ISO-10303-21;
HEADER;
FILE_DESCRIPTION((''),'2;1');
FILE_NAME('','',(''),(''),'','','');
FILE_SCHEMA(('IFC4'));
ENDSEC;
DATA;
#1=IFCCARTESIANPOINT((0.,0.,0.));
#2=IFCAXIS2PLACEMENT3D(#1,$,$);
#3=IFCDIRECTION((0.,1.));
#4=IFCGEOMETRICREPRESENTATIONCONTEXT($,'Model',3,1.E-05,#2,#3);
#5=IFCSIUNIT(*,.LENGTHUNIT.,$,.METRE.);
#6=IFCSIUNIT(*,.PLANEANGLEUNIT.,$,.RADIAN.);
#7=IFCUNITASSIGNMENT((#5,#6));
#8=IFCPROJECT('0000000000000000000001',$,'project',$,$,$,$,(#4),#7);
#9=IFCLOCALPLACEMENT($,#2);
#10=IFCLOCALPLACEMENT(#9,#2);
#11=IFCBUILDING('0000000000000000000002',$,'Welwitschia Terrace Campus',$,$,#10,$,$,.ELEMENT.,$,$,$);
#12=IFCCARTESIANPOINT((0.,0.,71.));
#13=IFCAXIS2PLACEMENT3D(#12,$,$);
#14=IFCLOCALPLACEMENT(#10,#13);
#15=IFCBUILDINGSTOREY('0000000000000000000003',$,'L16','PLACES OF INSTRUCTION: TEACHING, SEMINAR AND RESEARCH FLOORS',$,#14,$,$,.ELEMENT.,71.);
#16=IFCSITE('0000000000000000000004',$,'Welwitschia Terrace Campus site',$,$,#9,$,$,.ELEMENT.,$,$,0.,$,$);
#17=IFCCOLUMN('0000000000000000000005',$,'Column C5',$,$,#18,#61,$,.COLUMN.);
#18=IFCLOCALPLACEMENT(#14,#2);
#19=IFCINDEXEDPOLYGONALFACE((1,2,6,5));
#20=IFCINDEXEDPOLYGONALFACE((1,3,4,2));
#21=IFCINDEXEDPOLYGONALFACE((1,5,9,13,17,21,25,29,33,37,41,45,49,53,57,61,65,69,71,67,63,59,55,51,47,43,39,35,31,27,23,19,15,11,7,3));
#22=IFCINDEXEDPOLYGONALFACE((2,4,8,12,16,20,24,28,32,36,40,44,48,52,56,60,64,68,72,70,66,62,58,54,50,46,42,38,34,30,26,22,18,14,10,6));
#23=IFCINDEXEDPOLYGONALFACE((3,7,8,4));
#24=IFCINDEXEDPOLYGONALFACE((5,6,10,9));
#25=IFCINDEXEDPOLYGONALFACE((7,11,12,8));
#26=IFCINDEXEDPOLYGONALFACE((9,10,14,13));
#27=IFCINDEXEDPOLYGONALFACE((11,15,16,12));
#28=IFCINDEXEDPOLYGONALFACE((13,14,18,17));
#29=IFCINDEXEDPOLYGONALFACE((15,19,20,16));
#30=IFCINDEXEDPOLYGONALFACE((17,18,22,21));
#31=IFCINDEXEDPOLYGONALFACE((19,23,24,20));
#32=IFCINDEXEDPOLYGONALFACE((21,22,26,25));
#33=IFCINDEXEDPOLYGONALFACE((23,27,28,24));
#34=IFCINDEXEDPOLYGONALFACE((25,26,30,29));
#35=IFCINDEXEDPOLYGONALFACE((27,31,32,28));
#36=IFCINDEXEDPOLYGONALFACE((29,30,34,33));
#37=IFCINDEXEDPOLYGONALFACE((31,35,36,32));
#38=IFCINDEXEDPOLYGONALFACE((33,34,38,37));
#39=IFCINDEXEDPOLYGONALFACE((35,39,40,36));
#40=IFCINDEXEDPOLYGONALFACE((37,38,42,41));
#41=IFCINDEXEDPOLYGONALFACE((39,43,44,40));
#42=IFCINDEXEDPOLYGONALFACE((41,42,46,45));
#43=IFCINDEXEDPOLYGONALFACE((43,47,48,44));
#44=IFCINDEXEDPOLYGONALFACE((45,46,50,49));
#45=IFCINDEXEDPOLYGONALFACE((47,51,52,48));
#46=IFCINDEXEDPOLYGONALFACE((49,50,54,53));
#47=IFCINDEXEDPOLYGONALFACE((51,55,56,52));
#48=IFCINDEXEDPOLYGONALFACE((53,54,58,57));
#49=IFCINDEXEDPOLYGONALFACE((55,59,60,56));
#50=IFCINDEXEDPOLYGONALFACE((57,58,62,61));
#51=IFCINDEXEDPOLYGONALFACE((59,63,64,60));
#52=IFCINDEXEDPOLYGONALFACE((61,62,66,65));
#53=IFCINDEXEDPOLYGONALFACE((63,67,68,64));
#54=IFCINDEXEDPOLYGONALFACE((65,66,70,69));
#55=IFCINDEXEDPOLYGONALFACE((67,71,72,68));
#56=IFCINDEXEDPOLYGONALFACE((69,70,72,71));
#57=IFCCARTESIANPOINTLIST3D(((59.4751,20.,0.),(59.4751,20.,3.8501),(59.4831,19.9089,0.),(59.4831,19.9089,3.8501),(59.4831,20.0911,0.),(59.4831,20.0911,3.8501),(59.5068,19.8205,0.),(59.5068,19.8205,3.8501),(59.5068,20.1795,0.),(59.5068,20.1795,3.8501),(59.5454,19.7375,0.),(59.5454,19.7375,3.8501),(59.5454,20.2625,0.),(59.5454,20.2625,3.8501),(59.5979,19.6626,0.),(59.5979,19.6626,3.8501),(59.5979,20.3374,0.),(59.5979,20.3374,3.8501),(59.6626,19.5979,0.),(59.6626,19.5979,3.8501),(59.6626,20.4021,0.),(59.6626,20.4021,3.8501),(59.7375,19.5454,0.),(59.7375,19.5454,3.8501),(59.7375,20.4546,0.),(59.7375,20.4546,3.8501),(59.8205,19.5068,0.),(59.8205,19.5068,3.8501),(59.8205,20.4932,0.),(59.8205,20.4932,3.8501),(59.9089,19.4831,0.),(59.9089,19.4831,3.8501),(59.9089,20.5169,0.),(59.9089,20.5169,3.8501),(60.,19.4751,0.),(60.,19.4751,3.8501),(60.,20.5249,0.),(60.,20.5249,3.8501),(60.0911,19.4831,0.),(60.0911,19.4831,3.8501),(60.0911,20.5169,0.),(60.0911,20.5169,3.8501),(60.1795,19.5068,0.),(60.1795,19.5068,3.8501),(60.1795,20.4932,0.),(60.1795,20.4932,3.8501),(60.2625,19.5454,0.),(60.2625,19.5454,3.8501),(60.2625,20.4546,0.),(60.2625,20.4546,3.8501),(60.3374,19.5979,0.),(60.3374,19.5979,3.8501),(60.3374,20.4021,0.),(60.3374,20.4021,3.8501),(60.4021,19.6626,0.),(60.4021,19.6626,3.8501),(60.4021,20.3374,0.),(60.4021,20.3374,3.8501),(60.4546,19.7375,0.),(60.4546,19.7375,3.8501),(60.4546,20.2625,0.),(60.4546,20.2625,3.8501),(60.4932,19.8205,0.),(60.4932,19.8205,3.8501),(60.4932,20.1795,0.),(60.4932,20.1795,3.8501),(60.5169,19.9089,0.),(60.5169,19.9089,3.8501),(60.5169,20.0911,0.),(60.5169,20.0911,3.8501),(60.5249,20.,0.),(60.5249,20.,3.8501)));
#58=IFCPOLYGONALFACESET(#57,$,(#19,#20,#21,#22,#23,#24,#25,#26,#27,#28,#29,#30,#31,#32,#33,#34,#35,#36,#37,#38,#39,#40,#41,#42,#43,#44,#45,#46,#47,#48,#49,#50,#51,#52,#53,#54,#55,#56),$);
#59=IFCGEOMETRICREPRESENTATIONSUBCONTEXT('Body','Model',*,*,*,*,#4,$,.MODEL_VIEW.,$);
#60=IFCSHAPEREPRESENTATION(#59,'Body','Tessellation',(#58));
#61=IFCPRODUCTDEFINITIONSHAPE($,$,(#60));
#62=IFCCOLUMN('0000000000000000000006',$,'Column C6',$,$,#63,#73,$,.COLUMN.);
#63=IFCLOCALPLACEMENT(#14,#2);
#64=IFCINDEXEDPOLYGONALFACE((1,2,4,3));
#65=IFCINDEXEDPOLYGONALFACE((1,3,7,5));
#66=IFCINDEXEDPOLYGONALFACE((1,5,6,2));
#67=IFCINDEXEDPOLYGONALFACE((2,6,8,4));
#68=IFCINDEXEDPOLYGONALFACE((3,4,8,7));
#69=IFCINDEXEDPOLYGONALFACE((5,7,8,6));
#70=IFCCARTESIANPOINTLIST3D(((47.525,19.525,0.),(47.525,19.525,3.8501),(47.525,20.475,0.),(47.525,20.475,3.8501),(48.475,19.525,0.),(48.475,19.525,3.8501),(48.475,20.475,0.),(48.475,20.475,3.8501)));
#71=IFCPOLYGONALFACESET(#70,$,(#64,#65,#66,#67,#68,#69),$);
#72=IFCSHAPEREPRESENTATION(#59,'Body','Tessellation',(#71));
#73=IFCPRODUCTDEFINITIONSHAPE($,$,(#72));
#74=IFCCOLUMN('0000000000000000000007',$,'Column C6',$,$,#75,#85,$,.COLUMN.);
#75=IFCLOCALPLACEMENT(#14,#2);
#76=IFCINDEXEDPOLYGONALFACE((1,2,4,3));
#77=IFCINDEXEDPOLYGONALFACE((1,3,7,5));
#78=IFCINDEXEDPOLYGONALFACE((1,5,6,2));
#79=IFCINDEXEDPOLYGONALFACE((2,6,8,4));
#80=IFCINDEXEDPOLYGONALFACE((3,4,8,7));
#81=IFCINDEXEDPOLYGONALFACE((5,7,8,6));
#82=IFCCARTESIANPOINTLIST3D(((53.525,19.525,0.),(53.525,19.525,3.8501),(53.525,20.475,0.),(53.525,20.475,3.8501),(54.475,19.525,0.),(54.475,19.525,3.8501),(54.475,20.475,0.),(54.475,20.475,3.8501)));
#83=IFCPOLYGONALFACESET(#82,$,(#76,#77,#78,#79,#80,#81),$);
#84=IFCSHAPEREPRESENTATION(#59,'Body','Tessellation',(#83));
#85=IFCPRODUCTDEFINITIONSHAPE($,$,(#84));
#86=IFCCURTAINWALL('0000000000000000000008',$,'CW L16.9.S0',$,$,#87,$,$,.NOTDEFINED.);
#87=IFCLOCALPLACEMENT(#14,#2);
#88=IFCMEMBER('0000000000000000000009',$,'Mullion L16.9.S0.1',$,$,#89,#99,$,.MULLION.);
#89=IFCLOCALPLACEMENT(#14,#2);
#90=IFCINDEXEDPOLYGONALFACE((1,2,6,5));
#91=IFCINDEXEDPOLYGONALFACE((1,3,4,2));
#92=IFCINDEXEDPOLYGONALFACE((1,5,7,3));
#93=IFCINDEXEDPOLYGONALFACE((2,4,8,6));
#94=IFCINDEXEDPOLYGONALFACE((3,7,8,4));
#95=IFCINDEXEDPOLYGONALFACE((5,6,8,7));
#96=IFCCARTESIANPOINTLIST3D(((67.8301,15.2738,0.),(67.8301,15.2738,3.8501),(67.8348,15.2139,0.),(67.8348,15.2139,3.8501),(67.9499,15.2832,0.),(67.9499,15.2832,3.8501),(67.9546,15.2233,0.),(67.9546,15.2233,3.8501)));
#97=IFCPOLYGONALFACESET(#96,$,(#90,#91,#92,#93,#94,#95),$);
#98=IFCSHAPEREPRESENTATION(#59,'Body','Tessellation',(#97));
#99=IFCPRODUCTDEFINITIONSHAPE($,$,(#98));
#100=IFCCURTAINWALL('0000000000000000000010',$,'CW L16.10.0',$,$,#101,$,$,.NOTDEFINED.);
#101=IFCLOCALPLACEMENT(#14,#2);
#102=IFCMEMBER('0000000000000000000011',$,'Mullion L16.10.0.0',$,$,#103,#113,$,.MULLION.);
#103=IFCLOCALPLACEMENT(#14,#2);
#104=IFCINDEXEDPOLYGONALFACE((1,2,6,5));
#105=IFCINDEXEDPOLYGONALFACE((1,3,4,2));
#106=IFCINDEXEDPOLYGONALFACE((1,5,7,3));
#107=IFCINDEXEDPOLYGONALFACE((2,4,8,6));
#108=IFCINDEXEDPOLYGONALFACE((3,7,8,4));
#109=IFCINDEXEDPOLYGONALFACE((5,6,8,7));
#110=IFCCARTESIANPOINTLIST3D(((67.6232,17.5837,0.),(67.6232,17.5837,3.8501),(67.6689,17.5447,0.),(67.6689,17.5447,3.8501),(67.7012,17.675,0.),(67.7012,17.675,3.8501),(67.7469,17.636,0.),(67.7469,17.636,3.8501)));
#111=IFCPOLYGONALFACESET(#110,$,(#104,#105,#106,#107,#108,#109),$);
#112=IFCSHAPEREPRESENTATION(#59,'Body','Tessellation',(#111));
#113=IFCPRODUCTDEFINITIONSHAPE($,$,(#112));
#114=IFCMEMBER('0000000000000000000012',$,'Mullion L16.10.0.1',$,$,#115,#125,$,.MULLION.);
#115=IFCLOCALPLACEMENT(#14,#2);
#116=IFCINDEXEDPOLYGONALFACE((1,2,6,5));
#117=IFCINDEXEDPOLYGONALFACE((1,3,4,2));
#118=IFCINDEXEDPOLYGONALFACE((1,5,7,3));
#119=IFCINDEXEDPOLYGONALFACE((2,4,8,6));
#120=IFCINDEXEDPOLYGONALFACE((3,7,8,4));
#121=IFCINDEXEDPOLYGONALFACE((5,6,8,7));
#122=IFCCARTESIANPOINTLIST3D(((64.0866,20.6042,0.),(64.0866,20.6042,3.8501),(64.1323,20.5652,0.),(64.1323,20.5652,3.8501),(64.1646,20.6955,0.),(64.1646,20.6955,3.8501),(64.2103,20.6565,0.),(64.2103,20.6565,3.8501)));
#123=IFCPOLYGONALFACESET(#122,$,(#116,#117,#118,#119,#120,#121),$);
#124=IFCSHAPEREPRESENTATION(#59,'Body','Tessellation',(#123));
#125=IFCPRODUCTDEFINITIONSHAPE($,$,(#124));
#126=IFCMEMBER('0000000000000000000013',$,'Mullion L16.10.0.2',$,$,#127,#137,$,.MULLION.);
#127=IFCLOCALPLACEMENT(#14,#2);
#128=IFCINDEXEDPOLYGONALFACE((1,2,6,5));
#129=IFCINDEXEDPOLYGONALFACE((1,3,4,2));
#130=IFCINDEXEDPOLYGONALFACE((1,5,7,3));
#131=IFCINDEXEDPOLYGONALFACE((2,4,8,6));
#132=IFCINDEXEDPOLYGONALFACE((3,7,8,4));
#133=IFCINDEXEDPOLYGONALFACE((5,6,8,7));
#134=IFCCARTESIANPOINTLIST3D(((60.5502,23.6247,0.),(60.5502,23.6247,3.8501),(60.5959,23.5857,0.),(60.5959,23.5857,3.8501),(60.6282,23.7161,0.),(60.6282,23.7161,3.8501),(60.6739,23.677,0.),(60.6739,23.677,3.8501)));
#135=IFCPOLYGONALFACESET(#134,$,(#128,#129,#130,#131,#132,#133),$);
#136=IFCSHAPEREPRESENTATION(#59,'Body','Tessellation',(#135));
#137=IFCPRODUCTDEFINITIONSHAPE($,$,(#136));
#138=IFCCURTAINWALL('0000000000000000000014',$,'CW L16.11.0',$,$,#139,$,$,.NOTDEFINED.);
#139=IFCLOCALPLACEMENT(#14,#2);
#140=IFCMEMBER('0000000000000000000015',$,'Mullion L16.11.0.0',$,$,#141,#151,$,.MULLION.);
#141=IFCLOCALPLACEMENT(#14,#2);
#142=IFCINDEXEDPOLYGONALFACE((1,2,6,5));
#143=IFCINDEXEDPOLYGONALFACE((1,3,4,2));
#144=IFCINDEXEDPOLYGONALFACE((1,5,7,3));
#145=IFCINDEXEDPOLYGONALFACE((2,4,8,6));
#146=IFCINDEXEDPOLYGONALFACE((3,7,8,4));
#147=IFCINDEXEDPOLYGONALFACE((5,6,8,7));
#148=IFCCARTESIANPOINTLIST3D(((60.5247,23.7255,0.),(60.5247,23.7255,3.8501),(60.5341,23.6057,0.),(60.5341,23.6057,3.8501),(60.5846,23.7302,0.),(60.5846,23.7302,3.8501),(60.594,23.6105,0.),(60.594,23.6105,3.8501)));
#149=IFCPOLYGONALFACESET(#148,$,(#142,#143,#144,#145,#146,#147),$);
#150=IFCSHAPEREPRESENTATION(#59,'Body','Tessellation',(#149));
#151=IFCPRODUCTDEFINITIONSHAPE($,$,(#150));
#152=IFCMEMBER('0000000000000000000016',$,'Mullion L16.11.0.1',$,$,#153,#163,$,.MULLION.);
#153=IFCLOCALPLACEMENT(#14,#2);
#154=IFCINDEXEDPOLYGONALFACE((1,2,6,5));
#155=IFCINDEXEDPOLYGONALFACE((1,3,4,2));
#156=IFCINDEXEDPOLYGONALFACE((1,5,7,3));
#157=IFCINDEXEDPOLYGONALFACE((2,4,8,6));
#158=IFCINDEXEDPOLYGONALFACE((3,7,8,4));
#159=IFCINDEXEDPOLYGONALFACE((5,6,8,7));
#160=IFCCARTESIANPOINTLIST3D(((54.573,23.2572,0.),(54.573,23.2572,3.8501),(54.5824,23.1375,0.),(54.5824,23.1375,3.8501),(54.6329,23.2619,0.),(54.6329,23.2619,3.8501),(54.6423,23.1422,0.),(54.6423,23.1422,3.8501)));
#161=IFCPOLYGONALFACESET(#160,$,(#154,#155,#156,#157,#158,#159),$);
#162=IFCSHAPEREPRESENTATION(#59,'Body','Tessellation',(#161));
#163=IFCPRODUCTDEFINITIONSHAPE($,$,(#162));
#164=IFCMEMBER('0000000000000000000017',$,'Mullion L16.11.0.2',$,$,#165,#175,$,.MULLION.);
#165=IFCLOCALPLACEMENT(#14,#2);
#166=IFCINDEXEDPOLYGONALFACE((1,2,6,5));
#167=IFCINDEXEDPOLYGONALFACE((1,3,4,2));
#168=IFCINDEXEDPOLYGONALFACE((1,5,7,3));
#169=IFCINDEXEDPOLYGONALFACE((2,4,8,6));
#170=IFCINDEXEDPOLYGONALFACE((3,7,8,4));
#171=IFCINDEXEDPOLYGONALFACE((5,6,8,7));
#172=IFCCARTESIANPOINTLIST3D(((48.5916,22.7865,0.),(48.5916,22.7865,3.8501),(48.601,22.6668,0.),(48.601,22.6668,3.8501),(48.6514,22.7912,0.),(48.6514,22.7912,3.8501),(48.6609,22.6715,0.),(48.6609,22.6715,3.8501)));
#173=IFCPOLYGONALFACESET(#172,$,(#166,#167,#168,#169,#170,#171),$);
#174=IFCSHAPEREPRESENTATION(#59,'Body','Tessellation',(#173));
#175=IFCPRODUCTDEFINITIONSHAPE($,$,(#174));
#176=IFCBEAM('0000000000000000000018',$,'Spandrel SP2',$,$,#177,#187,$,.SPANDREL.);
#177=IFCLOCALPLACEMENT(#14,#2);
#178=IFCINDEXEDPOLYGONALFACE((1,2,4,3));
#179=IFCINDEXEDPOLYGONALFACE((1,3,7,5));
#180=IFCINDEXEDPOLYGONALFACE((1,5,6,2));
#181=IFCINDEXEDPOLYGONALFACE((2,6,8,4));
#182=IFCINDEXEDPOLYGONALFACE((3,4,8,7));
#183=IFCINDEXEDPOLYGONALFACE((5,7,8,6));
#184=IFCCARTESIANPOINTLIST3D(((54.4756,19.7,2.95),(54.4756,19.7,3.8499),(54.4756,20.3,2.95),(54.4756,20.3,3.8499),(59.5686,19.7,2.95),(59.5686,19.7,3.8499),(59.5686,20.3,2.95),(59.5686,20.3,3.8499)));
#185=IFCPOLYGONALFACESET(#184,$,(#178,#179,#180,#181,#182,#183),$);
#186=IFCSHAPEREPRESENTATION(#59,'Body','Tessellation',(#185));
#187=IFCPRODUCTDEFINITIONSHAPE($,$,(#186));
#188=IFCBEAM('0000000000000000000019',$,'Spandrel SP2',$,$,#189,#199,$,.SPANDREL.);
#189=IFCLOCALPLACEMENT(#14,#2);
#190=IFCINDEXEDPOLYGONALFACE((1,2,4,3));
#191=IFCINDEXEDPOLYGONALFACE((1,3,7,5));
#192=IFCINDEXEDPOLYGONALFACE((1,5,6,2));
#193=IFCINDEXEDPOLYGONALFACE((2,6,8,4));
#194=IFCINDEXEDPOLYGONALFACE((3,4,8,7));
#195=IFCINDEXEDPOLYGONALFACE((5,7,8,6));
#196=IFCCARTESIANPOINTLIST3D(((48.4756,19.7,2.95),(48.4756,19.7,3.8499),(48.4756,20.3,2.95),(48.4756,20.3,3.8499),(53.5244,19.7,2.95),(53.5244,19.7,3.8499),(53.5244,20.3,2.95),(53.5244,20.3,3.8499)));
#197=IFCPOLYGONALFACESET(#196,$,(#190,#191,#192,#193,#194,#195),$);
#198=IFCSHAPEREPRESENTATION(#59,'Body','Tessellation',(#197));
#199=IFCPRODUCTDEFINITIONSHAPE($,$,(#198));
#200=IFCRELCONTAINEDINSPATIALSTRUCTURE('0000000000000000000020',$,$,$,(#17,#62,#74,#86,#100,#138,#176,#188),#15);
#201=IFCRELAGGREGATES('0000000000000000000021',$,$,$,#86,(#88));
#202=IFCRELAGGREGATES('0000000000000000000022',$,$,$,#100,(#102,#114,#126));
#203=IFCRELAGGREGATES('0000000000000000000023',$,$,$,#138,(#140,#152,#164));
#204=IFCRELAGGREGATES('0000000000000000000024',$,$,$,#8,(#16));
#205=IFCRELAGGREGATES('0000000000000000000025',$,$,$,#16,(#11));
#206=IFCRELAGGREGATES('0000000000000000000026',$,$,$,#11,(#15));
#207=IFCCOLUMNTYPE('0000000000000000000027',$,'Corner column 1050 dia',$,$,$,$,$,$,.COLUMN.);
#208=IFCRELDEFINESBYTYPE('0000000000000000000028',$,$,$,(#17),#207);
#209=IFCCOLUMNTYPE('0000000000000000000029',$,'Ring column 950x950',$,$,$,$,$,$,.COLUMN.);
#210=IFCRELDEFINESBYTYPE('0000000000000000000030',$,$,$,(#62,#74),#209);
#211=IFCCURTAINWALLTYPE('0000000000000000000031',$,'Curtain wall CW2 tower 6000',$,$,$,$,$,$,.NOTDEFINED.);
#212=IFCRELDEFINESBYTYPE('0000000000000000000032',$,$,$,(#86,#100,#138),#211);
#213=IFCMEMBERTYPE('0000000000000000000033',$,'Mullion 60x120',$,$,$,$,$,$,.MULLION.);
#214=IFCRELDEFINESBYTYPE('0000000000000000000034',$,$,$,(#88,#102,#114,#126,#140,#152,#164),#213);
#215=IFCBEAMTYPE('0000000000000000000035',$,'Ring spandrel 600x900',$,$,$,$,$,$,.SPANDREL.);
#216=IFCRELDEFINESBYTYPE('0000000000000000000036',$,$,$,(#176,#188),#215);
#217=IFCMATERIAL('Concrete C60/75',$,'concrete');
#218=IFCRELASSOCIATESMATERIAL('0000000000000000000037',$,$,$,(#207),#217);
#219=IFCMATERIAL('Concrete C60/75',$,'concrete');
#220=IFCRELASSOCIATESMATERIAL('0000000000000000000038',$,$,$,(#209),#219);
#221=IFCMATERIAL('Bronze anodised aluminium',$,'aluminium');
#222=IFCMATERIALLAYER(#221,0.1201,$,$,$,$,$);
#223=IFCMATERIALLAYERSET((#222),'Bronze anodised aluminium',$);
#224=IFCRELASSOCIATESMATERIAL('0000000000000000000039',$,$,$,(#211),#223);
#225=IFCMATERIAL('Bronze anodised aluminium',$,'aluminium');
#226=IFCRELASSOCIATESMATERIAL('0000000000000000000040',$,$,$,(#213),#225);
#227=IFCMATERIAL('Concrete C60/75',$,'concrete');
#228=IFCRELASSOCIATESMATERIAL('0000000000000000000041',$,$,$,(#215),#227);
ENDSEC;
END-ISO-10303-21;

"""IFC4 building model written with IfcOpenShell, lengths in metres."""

from ifc_helpers import new_model, si_unit, direction, frame, origin, origin_2d, place, context, subcontext, project, spatial, rectangle, circle, extrude, material, layer, layer_set, material_profile, profile_set, type_object, element, aggregate, save


model = new_model("IFC4")

# Units and contexts
model_context = context("Model", 3, precision=1e-05, world=origin(), true_north=direction((0.0, 1.0)))
body_context = subcontext(model_context, "Body", "Model", "MODEL_VIEW")
ifc_project = project(units=[si_unit("LENGTHUNIT", "METRE"), si_unit("PLANEANGLEUNIT", "RADIAN")], contexts=[model_context])

# Site, building, storey
site_placement = place(None, origin())
site = spatial("IfcSite", under=ifc_project, at=site_placement, Name="Welwitschia Terrace Campus site", CompositionType="ELEMENT", RefElevation=0.0)
building_placement = place(site_placement, origin())
building = spatial("IfcBuilding", under=site, at=building_placement, Name="Welwitschia Terrace Campus", CompositionType="ELEMENT")
storey_placement = place(building_placement, frame((0.0, 0.0, 71.0)))
storey = spatial("IfcBuildingStorey", under=building, at=storey_placement, Name="L16", Description="PLACES OF INSTRUCTION: TEACHING, SEMINAR AND RESEARCH FLOORS", CompositionType="ELEMENT", Elevation=71.0)

# Columns
ifc_material_1 = material(Name="Concrete C60/75", Category="concrete")
ifc_material_profile_1 = material_profile(ifc_material_1, circle(Radius=0.5249, at=origin_2d()))
ifc_profile_set_1 = profile_set([ifc_material_profile_1], Name="Concrete C60/75")
column_type_1 = type_object("IfcColumnType", Name="Corner column 1050 dia", PredefinedType="COLUMN", material=ifc_profile_set_1)
column_placement = place(storey_placement, frame((60.0, 20.0, 0.0), z_axis=(0.0, 0.0, 1.0), x_axis=(1.0, 0.0, 0.0)))
element("IfcColumn", 1, at=column_placement, inside=storey, type_object=column_type_1, Name="Column C5", PredefinedType="COLUMN", context=body_context, shape_type="SweptSolid", body=[
    extrude(circle(Radius=0.5249, at=origin_2d()), origin(), (0.0, 0.0, 1.0), 3.8501),
])
ifc_material_2 = material(Name="Concrete C60/75", Category="concrete")
ifc_material_profile_2 = material_profile(ifc_material_2, rectangle(XDim=0.95, YDim=0.95, at=origin_2d()))
ifc_profile_set_2 = profile_set([ifc_material_profile_2], Name="Concrete C60/75")
column_type_2 = type_object("IfcColumnType", Name="Ring column 950x950", PredefinedType="COLUMN", material=ifc_profile_set_2)
for number, where, z_axis, x_axis, name in (
    (2, (48.0, 20.0, 0.0), (0.0, 0.0, 1.0), (1.0, 0.0, 0.0), "Column C6"),
    (3, (54.0, 20.0, 0.0), (0.0, 0.0, 1.0), (1.0, 0.0, 0.0), "Column C6"),
):
    element("IfcColumn", number, at=place(storey_placement, frame(where, z_axis=z_axis, x_axis=x_axis)), inside=storey, type_object=column_type_2, Name=name, PredefinedType="COLUMN", context=body_context, shape_type="SweptSolid", body=[
        extrude(rectangle(XDim=0.95, YDim=0.95, at=origin_2d()), origin(), (0.0, 0.0, 1.0), 3.8501),
    ])

# Curtain wall, member
ifc_material_3 = material(Name="Bronze anodised aluminium", Category="aluminium")
ifc_layer_1 = layer(ifc_material_3, 0.1201)
ifc_layer_set_1 = layer_set([ifc_layer_1], Name="Bronze anodised aluminium")
curtain_wall_type = type_object("IfcCurtainWallType", Name="Curtain wall CW2 tower 6000", PredefinedType="NOTDEFINED", material=ifc_layer_set_1)
curtain_wall_1_placement = place(storey_placement, origin())
curtain_wall_1 = element("IfcCurtainWall", 4, at=curtain_wall_1_placement, inside=storey, type_object=curtain_wall_type, Name="CW L16.9.S0", PredefinedType="NOTDEFINED")
ifc_material_4 = material(Name="Bronze anodised aluminium", Category="aluminium")
ifc_material_profile_3 = material_profile(ifc_material_4, rectangle(XDim=0.1201, YDim=0.0601, at=origin_2d()))
ifc_profile_set_3 = profile_set([ifc_material_profile_3], Name="Bronze anodised aluminium")
member_type_1 = type_object("IfcMemberType", Name="Mullion 60x120", PredefinedType="MULLION", material=ifc_profile_set_3)
member_1_placement = place(storey_placement, frame((67.8923, 15.2485, 0.0), z_axis=(0.0, 0.0, 1.0), x_axis=(-0.996917, -0.078459, 0.0)))
member_1 = element("IfcMember", 5, at=member_1_placement, type_object=member_type_1, Name="Mullion L16.9.S0.1", PredefinedType="MULLION", context=body_context, shape_type="SweptSolid", body=[
    extrude(rectangle(XDim=0.1201, YDim=0.0601, at=origin_2d()), origin(), (0.0, 0.0, 1.0), 3.8501),
])
aggregate(curtain_wall_1, [member_1])

# Curtain walls, members
curtain_wall_2_placement = place(storey_placement, origin())
curtain_wall_2 = element("IfcCurtainWall", 6, at=curtain_wall_2_placement, inside=storey, type_object=curtain_wall_type, Name="CW L16.10.0", PredefinedType="NOTDEFINED")
member_2_placement = place(storey_placement, frame((67.6851, 17.6099, 0.0), z_axis=(0.0, 0.0, 1.0), x_axis=(-0.649448, -0.760406, 0.0)))
member_2 = element("IfcMember", 7, at=member_2_placement, type_object=member_type_1, Name="Mullion L16.10.0.0", PredefinedType="MULLION", context=body_context, shape_type="SweptSolid", body=[
    extrude(rectangle(XDim=0.1201, YDim=0.0601, at=origin_2d()), origin(), (0.0, 0.0, 1.0), 3.8501),
])
member_3_placement = place(storey_placement, frame((64.1484, 20.6304, 0.0), z_axis=(0.0, 0.0, 1.0), x_axis=(-0.649448, -0.760406, 0.0)))
member_3 = element("IfcMember", 8, at=member_3_placement, type_object=member_type_1, Name="Mullion L16.10.0.1", PredefinedType="MULLION", context=body_context, shape_type="SweptSolid", body=[
    extrude(rectangle(XDim=0.1201, YDim=0.0601, at=origin_2d()), origin(), (0.0, 0.0, 1.0), 3.8501),
])
member_4_placement = place(storey_placement, frame((60.6121, 23.6509, 0.0), z_axis=(0.0, 0.0, 1.0), x_axis=(-0.649448, -0.760406, 0.0)))
member_4 = element("IfcMember", 9, at=member_4_placement, type_object=member_type_1, Name="Mullion L16.10.0.2", PredefinedType="MULLION", context=body_context, shape_type="SweptSolid", body=[
    extrude(rectangle(XDim=0.1201, YDim=0.0601, at=origin_2d()), origin(), (0.0, 0.0, 1.0), 3.8501),
])
curtain_wall_3_placement = place(storey_placement, origin())
curtain_wall_3 = element("IfcCurtainWall", 10, at=curtain_wall_3_placement, inside=storey, type_object=curtain_wall_type, Name="CW L16.11.0", PredefinedType="NOTDEFINED")
member_5_placement = place(storey_placement, frame((60.5593, 23.668, 0.0), z_axis=(0.0, 0.0, 1.0), x_axis=(0.078459, -0.996917, 0.0)))
member_5 = element("IfcMember", 11, at=member_5_placement, type_object=member_type_1, Name="Mullion L16.11.0.0", PredefinedType="MULLION", context=body_context, shape_type="SweptSolid", body=[
    extrude(rectangle(XDim=0.1201, YDim=0.0601, at=origin_2d()), origin(), (0.0, 0.0, 1.0), 3.8501),
])
member_6_placement = place(storey_placement, frame((54.6077, 23.1997, 0.0), z_axis=(0.0, 0.0, 1.0), x_axis=(0.078459, -0.996917, 0.0)))
member_6 = element("IfcMember", 12, at=member_6_placement, type_object=member_type_1, Name="Mullion L16.11.0.1", PredefinedType="MULLION", context=body_context, shape_type="SweptSolid", body=[
    extrude(rectangle(XDim=0.1201, YDim=0.0601, at=origin_2d()), origin(), (0.0, 0.0, 1.0), 3.8501),
])
member_7_placement = place(storey_placement, frame((48.6262, 22.729, 0.0), z_axis=(0.0, 0.0, 1.0), x_axis=(0.078459, -0.996917, 0.0)))
member_7 = element("IfcMember", 13, at=member_7_placement, type_object=member_type_1, Name="Mullion L16.11.0.2", PredefinedType="MULLION", context=body_context, shape_type="SweptSolid", body=[
    extrude(rectangle(XDim=0.1201, YDim=0.0601, at=origin_2d()), origin(), (0.0, 0.0, 1.0), 3.8501),
])

# Beams
ifc_material_5 = material(Name="Concrete C60/75", Category="concrete")
ifc_material_profile_4 = material_profile(ifc_material_5, rectangle(XDim=0.6001, YDim=0.8999, at=origin_2d()))
ifc_profile_set_4 = profile_set([ifc_material_profile_4], Name="Concrete C60/75")
beam_type = type_object("IfcBeamType", Name="Ring spandrel 600x900", PredefinedType="SPANDREL", material=ifc_profile_set_4)
beam_1_placement = place(storey_placement, frame((59.5686, 20.0, 3.3999), z_axis=(-1.0, 0.0, 0.0), x_axis=(0.0, -1.0, 0.0)))
element("IfcBeam", 14, at=beam_1_placement, inside=storey, type_object=beam_type, Name="Spandrel SP2", PredefinedType="SPANDREL", context=body_context, shape_type="SweptSolid", body=[
    extrude(rectangle(XDim=0.6001, YDim=0.8999, at=origin_2d()), origin(), (0.0, 0.0, 1.0), 5.093),
])
beam_2_placement = place(storey_placement, frame((53.5244, 20.0, 3.3999), z_axis=(-1.0, 0.0, 0.0), x_axis=(0.0, -1.0, 0.0)))
element("IfcBeam", 15, at=beam_2_placement, inside=storey, type_object=beam_type, Name="Spandrel SP2", PredefinedType="SPANDREL", context=body_context, shape_type="SweptSolid", body=[
    extrude(rectangle(XDim=0.6001, YDim=0.8999, at=origin_2d()), origin(), (0.0, 0.0, 1.0), 5.0488),
])

aggregate(curtain_wall_2, [member_2, member_3, member_4])
aggregate(curtain_wall_3, [member_5, member_6, member_7])

save(model, "model.ifc")
